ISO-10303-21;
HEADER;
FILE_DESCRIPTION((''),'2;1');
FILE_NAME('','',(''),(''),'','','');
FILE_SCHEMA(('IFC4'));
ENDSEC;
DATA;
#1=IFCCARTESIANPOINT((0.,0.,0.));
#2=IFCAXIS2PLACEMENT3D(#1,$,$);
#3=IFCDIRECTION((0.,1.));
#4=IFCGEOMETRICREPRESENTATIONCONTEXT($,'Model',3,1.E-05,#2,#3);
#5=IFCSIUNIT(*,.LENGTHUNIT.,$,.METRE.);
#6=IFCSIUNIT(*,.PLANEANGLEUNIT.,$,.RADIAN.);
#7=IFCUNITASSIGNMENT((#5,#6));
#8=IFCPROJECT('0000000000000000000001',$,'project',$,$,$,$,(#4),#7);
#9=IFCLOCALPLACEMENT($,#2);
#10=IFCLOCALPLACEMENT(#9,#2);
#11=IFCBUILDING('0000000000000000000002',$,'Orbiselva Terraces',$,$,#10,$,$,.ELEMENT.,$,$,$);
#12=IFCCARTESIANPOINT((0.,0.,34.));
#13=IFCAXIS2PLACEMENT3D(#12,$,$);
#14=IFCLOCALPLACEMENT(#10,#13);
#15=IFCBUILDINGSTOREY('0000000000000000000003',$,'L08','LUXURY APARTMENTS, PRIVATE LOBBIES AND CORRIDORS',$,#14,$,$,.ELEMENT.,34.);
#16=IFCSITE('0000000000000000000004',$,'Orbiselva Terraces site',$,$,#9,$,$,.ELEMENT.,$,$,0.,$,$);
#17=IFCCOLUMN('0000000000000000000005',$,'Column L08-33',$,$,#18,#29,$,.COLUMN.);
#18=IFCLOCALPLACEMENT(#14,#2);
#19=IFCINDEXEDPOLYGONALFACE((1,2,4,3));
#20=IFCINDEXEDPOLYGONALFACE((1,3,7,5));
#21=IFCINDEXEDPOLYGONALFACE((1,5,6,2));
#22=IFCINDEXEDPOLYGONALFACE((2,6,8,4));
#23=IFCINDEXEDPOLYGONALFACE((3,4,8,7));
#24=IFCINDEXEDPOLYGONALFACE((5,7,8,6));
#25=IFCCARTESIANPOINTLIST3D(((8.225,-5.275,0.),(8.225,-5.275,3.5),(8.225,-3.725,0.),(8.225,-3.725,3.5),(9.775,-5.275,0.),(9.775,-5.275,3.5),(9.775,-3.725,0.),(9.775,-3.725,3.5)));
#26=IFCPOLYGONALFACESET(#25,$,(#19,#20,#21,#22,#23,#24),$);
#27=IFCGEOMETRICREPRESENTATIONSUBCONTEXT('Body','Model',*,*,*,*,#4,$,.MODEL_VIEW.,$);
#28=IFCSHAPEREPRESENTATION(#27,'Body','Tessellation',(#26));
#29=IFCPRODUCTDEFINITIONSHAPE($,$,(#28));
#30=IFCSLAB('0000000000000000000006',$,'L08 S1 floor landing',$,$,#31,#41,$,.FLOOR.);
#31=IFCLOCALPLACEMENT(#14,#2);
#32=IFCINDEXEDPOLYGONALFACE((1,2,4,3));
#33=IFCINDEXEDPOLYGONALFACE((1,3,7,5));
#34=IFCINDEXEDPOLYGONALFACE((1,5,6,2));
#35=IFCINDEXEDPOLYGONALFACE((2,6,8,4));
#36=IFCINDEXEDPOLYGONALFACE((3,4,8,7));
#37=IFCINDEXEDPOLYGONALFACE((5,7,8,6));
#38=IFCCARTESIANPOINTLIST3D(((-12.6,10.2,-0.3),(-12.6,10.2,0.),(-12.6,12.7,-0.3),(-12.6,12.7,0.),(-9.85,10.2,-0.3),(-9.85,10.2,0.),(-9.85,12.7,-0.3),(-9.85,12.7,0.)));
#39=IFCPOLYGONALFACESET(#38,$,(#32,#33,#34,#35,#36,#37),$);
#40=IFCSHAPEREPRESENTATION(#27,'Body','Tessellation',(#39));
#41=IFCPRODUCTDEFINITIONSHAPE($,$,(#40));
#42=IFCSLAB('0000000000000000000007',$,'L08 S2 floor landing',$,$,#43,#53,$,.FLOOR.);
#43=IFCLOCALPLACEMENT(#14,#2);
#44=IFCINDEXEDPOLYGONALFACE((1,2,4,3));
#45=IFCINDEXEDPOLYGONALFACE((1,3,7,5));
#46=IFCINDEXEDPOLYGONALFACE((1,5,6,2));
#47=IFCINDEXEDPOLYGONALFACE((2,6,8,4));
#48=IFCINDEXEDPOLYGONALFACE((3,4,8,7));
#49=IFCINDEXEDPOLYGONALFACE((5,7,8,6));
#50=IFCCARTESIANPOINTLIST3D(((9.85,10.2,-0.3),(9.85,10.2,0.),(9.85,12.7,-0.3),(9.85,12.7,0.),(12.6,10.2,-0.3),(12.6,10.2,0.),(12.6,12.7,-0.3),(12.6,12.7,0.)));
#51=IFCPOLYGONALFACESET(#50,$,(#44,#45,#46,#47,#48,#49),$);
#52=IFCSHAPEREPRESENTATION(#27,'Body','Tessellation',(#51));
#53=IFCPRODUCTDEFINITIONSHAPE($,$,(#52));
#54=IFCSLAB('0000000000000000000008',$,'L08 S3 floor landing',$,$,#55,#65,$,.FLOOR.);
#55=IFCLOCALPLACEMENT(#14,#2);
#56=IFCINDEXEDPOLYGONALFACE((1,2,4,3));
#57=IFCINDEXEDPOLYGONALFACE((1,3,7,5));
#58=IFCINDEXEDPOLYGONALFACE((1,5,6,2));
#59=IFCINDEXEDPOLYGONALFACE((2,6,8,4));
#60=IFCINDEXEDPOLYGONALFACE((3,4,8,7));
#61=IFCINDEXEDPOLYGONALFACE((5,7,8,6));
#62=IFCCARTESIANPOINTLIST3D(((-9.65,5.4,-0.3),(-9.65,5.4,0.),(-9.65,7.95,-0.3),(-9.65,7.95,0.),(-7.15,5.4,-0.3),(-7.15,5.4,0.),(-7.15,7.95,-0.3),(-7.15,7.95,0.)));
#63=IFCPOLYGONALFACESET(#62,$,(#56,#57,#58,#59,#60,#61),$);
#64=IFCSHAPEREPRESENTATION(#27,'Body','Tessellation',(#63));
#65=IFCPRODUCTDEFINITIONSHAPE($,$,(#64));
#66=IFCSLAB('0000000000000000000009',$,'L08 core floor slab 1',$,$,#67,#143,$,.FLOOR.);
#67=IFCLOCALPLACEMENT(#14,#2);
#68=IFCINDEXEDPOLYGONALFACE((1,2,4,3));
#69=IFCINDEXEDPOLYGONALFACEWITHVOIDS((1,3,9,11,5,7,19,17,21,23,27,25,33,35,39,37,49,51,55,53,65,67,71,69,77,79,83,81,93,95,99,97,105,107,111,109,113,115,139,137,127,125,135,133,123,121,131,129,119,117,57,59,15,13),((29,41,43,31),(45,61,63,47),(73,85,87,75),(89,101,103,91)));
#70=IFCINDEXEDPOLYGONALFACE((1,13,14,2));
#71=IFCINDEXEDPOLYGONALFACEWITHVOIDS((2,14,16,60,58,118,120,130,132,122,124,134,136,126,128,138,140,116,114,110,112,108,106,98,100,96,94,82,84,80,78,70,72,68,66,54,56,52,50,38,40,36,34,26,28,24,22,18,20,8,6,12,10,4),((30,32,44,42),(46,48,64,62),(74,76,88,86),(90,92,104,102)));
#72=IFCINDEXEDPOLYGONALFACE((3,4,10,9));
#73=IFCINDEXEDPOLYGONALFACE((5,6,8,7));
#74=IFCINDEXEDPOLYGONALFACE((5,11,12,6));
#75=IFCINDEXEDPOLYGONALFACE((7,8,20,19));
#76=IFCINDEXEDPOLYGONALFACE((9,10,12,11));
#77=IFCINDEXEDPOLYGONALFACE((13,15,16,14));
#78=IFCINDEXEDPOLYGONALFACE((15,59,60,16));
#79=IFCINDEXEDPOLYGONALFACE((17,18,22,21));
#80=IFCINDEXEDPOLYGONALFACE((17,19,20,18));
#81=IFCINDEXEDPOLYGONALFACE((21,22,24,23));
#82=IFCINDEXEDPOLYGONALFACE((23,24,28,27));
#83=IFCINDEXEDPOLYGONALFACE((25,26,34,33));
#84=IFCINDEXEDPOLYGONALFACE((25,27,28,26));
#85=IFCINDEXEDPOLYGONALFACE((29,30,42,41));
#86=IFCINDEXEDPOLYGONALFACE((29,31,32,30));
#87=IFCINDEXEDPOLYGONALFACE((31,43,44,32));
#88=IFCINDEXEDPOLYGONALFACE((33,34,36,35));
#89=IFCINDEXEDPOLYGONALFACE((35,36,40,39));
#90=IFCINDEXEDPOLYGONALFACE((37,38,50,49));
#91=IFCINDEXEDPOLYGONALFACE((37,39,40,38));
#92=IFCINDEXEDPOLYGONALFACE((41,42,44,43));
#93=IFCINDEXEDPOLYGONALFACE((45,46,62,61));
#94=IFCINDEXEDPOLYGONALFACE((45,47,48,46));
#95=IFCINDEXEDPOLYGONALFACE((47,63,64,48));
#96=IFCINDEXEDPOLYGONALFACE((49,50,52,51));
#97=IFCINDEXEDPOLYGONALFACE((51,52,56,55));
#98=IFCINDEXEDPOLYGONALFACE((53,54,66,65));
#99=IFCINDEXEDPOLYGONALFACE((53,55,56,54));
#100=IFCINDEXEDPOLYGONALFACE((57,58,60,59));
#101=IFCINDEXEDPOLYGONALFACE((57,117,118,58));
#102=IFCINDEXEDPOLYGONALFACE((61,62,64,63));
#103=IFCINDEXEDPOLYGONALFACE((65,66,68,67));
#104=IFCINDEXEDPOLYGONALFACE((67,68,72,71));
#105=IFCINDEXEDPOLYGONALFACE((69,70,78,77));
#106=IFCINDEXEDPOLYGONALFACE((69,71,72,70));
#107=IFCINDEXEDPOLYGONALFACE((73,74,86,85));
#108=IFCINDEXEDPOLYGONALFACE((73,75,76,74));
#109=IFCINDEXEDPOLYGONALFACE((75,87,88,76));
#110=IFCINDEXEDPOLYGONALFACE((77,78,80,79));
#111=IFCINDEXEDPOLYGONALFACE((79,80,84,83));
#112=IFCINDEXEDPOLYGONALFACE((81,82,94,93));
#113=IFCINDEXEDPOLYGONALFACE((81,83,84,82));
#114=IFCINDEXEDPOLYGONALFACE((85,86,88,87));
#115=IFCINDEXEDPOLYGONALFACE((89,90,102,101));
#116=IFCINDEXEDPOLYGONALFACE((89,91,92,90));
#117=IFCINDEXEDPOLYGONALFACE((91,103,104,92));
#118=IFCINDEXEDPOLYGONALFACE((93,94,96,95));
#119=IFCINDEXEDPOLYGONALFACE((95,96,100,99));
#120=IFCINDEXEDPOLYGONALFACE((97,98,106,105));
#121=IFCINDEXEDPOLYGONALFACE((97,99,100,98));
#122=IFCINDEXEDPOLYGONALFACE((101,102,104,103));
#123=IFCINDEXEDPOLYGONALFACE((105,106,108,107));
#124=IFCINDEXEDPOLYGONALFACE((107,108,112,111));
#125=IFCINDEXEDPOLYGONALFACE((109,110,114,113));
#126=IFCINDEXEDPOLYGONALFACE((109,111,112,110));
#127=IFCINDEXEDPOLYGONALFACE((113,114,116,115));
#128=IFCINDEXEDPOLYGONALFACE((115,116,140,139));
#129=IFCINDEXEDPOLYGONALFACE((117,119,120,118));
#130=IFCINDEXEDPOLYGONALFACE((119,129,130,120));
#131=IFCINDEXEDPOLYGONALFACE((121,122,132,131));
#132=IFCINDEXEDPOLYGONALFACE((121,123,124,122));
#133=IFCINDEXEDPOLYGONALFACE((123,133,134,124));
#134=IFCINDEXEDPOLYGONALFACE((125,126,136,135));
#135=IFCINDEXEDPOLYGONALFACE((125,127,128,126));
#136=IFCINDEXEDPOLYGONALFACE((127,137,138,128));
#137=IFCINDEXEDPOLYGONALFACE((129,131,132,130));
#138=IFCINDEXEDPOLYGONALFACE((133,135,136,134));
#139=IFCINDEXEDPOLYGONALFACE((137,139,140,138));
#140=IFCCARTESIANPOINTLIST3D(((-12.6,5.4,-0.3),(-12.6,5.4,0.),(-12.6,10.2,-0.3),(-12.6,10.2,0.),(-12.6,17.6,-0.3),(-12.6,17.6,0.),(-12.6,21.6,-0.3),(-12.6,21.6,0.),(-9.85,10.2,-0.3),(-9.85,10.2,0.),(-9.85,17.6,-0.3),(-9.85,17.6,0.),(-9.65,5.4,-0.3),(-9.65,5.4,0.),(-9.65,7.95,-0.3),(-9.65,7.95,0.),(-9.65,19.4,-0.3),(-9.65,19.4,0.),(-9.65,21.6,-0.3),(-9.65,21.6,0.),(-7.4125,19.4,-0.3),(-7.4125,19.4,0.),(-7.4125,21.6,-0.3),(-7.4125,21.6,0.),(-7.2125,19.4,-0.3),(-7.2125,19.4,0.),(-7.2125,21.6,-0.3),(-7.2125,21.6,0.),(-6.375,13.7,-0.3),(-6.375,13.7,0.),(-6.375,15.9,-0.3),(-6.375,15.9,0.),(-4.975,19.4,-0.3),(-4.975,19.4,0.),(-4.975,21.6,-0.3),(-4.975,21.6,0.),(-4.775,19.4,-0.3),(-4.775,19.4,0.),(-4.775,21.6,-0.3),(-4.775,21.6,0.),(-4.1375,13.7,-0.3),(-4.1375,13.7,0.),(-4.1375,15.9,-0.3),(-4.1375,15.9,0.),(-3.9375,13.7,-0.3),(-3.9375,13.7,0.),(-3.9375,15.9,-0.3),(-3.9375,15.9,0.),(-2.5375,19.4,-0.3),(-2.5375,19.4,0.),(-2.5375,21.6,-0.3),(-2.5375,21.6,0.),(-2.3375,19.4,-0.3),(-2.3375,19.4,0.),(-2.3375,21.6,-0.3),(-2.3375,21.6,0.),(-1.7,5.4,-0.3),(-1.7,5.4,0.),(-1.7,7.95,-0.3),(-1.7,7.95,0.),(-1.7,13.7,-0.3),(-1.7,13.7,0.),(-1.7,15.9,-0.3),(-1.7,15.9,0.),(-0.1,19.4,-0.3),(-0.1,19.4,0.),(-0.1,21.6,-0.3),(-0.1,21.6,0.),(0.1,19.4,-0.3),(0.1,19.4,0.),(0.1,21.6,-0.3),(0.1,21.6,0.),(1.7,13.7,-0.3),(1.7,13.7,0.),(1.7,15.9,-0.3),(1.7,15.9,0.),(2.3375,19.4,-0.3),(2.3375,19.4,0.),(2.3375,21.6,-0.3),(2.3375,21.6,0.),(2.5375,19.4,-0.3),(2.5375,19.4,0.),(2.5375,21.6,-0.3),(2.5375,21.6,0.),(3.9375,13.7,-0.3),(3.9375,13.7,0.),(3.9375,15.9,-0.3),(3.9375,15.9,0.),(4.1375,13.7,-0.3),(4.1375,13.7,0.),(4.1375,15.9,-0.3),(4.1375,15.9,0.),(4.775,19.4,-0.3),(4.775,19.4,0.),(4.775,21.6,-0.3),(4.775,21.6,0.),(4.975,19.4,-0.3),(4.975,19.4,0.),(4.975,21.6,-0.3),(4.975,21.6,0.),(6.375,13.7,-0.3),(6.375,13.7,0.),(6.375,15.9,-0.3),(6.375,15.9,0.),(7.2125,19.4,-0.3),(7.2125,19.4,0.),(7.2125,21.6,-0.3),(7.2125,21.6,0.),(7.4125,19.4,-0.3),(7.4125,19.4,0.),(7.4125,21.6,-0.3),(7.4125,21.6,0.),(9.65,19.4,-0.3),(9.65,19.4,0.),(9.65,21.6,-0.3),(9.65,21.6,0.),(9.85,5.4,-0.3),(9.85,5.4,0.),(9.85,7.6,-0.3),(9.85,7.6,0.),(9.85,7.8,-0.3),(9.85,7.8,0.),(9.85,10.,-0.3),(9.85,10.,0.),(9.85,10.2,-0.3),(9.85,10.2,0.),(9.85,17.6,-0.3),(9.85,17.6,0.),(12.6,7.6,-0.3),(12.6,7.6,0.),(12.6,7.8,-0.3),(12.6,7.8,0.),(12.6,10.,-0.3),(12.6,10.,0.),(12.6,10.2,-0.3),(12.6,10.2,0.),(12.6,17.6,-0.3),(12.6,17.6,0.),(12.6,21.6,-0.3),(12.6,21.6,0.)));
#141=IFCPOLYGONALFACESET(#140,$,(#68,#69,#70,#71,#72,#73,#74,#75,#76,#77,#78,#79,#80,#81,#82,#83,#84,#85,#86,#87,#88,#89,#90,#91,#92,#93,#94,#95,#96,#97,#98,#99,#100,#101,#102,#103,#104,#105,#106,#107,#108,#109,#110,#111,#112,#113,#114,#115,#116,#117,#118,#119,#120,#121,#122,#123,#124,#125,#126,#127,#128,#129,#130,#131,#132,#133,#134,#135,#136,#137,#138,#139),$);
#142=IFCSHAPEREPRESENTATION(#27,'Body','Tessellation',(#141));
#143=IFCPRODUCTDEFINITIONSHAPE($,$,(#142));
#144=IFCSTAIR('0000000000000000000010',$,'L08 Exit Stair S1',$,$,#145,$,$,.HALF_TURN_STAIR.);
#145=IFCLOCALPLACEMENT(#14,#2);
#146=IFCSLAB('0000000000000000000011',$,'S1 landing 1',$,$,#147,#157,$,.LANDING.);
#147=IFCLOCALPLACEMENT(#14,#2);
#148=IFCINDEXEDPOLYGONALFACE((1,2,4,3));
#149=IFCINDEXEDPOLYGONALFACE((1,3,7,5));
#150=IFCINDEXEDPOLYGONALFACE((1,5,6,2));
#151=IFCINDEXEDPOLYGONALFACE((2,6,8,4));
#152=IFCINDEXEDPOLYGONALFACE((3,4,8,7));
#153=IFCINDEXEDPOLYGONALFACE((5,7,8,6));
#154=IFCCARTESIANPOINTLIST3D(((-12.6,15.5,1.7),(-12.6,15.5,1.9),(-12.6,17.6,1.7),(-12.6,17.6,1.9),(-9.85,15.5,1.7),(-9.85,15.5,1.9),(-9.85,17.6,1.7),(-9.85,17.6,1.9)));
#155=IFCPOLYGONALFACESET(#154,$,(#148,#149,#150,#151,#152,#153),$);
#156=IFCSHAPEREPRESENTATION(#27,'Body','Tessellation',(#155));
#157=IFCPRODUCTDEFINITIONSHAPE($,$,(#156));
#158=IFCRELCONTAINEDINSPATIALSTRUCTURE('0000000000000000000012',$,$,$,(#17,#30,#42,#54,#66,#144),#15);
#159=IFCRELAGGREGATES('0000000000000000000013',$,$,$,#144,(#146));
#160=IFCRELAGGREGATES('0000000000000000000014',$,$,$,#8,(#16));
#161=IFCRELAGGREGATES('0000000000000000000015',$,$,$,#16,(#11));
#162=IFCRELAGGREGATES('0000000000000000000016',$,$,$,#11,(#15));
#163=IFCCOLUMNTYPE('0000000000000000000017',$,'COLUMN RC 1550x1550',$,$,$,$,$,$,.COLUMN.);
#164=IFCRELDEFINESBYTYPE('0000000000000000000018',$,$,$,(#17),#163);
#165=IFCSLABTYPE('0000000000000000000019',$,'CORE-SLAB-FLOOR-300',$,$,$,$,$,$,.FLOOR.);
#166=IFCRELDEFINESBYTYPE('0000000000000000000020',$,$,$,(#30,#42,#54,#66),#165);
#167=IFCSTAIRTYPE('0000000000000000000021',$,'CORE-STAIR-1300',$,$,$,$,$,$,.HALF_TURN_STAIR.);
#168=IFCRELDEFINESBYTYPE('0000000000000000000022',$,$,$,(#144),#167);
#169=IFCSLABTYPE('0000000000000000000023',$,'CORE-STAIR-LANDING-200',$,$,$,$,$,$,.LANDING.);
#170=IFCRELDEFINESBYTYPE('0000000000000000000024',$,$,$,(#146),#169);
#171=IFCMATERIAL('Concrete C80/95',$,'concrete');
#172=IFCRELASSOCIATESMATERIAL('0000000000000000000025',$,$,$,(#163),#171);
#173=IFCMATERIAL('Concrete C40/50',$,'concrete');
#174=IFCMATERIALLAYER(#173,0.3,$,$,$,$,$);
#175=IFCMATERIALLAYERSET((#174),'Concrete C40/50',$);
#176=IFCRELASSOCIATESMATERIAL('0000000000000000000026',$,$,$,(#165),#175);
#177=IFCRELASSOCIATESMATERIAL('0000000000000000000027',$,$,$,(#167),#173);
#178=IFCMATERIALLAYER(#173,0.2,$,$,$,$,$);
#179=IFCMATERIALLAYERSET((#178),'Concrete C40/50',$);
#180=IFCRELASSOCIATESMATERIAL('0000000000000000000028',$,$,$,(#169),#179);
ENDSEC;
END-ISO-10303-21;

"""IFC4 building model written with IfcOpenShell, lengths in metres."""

from ifc_helpers import new_model, si_unit, direction, frame, origin, origin_2d, place, context, subcontext, project, spatial, polyline, rectangle, outline, extrude, material, layer, layer_set, material_profile, profile_set, type_object, element, aggregate, save


model = new_model("IFC4")

# Units and contexts
model_context = context("Model", 3, precision=1e-05, world=origin(), true_north=direction((0.0, 1.0)))
body_context = subcontext(model_context, "Body", "Model", "MODEL_VIEW")
ifc_project = project(units=[si_unit("LENGTHUNIT", "METRE"), si_unit("PLANEANGLEUNIT", "RADIAN")], contexts=[model_context])

# Site, building, storey
site_placement = place(None, origin())
site = spatial("IfcSite", under=ifc_project, at=site_placement, Name="Orbiselva Terraces site", CompositionType="ELEMENT", RefElevation=0.0)
building_placement = place(site_placement, origin())
building = spatial("IfcBuilding", under=site, at=building_placement, Name="Orbiselva Terraces", CompositionType="ELEMENT")
storey_placement = place(building_placement, frame((0.0, 0.0, 34.0)))
storey = spatial("IfcBuildingStorey", under=building, at=storey_placement, Name="L08", Description="LUXURY APARTMENTS, PRIVATE LOBBIES AND CORRIDORS", CompositionType="ELEMENT", Elevation=34.0)

# Column
ifc_material_1 = material(Name="Concrete C80/95", Category="concrete")
ifc_material_profile = material_profile(ifc_material_1, rectangle(XDim=1.55, YDim=1.55, at=origin_2d()), Name="RC 1550x1550")
ifc_profile_set = profile_set([ifc_material_profile], Name="Concrete C80/95")
column_type = type_object("IfcColumnType", Name="COLUMN RC 1550x1550", PredefinedType="COLUMN", material=ifc_profile_set)
column_placement = place(storey_placement, frame((9.0, -4.5, 0.0), z_axis=(0.0, 0.0, 1.0), x_axis=(1.0, 0.0, 0.0)))
element("IfcColumn", 1, at=column_placement, inside=storey, type_object=column_type, Name="Column L08-33", PredefinedType="COLUMN", context=body_context, shape_type="SweptSolid", body=[
    extrude(rectangle(XDim=1.55, YDim=1.55, at=origin_2d()), origin(), (0.0, 0.0, 1.0), 3.5),
])

# Slabs
ifc_material_2 = material(Name="Concrete C40/50", Category="concrete")
ifc_layer_1 = layer(ifc_material_2, 0.3)
ifc_layer_set_1 = layer_set([ifc_layer_1], Name="Concrete C40/50")
slab_type_1 = type_object("IfcSlabType", Name="CORE-SLAB-FLOOR-300", PredefinedType="FLOOR", material=ifc_layer_set_1)
slab_1_placement = place(storey_placement, frame((0.0, 0.0, -0.3)))
element("IfcSlab", 2, at=slab_1_placement, inside=storey, type_object=slab_type_1, Name="L08 S1 floor landing", PredefinedType="FLOOR", context=body_context, shape_type="SweptSolid", body=[
    extrude(outline(polyline([(-12.6, 12.7), (-9.85, 12.7), (-9.85, 10.2), (-12.6, 10.2), (-12.6, 12.7)])), origin(), (0.0, 0.0, 1.0), 0.3),
])
slab_2_placement = place(storey_placement, frame((0.0, 0.0, -0.3)))
element("IfcSlab", 3, at=slab_2_placement, inside=storey, type_object=slab_type_1, Name="L08 S2 floor landing", PredefinedType="FLOOR", context=body_context, shape_type="SweptSolid", body=[
    extrude(outline(polyline([(12.6, 12.7), (12.6, 10.2), (9.85, 10.2), (9.85, 12.7), (12.6, 12.7)])), origin(), (0.0, 0.0, 1.0), 0.3),
])
slab_3_placement = place(storey_placement, frame((0.0, 0.0, -0.3)))
element("IfcSlab", 4, at=slab_3_placement, inside=storey, type_object=slab_type_1, Name="L08 S3 floor landing", PredefinedType="FLOOR", context=body_context, shape_type="SweptSolid", body=[
    extrude(outline(polyline([(-7.15, 5.4), (-9.65, 5.4), (-9.65, 7.95), (-7.15, 7.95), (-7.15, 5.4)])), origin(), (0.0, 0.0, 1.0), 0.3),
])
slab_4_placement = place(storey_placement, frame((0.0, 0.0, -0.3)))
element("IfcSlab", 5, at=slab_4_placement, inside=storey, type_object=slab_type_1, Name="L08 core floor slab 1", PredefinedType="FLOOR", context=body_context, shape_type="SweptSolid", body=[
    extrude(outline(polyline([(-1.7, 5.4), (-1.7, 7.95), (-9.65, 7.95), (-9.65, 5.4), (-12.6, 5.4), (-12.6, 10.2), (-9.85, 10.2), (-9.85, 17.6), (-12.6, 17.6), (-12.6, 21.6), (-9.65, 21.6), (-9.65, 19.4), (-7.4125, 19.4), (-7.4125, 21.6), (-7.2125, 21.6), (-7.2125, 19.4), (-4.975, 19.4), (-4.975, 21.6), (-4.775, 21.6), (-4.775, 19.4), (-2.5375, 19.4), (-2.5375, 21.6), (-2.3375, 21.6), (-2.3375, 19.4), (-0.1, 19.4), (-0.1, 21.6), (0.1, 21.6), (0.1, 19.4), (2.3375, 19.4), (2.3375, 21.6), (2.5375, 21.6), (2.5375, 19.4), (4.775, 19.4), (4.775, 21.6), (4.975, 21.6), (4.975, 19.4), (7.2125, 19.4), (7.2125, 21.6), (7.4125, 21.6), (7.4125, 19.4), (9.65, 19.4), (9.65, 21.6), (12.6, 21.6), (12.6, 17.6), (9.85, 17.6), (9.85, 10.2), (12.6, 10.2), (12.6, 10.0), (9.85, 10.0), (9.85, 7.8), (12.6, 7.8), (12.6, 7.6), (9.85, 7.6), (9.85, 5.4), (-1.7, 5.4)]), holes=[polyline([(-4.1375, 13.7), (-4.1375, 15.9), (-6.375, 15.9), (-6.375, 13.7), (-4.1375, 13.7)]), polyline([(-1.7, 13.7), (-1.7, 15.9), (-3.9375, 15.9), (-3.9375, 13.7), (-1.7, 13.7)]), polyline([(3.9375, 13.7), (3.9375, 15.9), (1.7, 15.9), (1.7, 13.7), (3.9375, 13.7)]), polyline([(6.375, 13.7), (6.375, 15.9), (4.1375, 15.9), (4.1375, 13.7), (6.375, 13.7)])]), origin(), (0.0, 0.0, 1.0), 0.3),
])

# Stair, slab
stair_type = type_object("IfcStairType", Name="CORE-STAIR-1300", PredefinedType="HALF_TURN_STAIR", material=ifc_material_2)
stair_placement = place(storey_placement, origin())
stair = element("IfcStair", 6, at=stair_placement, inside=storey, type_object=stair_type, Name="L08 Exit Stair S1", PredefinedType="HALF_TURN_STAIR")
ifc_layer_2 = layer(ifc_material_2, 0.2)
ifc_layer_set_2 = layer_set([ifc_layer_2], Name="Concrete C40/50")
slab_type_2 = type_object("IfcSlabType", Name="CORE-STAIR-LANDING-200", PredefinedType="LANDING", material=ifc_layer_set_2)
slab_5_placement = place(storey_placement, frame((0.0, 0.0, 1.7)))
slab_5 = element("IfcSlab", 7, at=slab_5_placement, type_object=slab_type_2, Name="S1 landing 1", PredefinedType="LANDING", context=body_context, shape_type="SweptSolid", body=[
    extrude(outline(polyline([(-9.85, 15.5), (-9.85, 17.6), (-12.6, 17.6), (-12.6, 15.5), (-9.85, 15.5)])), origin(), (0.0, 0.0, 1.0), 0.2),
])
aggregate(stair, [slab_5])

save(model, "model.ifc")
